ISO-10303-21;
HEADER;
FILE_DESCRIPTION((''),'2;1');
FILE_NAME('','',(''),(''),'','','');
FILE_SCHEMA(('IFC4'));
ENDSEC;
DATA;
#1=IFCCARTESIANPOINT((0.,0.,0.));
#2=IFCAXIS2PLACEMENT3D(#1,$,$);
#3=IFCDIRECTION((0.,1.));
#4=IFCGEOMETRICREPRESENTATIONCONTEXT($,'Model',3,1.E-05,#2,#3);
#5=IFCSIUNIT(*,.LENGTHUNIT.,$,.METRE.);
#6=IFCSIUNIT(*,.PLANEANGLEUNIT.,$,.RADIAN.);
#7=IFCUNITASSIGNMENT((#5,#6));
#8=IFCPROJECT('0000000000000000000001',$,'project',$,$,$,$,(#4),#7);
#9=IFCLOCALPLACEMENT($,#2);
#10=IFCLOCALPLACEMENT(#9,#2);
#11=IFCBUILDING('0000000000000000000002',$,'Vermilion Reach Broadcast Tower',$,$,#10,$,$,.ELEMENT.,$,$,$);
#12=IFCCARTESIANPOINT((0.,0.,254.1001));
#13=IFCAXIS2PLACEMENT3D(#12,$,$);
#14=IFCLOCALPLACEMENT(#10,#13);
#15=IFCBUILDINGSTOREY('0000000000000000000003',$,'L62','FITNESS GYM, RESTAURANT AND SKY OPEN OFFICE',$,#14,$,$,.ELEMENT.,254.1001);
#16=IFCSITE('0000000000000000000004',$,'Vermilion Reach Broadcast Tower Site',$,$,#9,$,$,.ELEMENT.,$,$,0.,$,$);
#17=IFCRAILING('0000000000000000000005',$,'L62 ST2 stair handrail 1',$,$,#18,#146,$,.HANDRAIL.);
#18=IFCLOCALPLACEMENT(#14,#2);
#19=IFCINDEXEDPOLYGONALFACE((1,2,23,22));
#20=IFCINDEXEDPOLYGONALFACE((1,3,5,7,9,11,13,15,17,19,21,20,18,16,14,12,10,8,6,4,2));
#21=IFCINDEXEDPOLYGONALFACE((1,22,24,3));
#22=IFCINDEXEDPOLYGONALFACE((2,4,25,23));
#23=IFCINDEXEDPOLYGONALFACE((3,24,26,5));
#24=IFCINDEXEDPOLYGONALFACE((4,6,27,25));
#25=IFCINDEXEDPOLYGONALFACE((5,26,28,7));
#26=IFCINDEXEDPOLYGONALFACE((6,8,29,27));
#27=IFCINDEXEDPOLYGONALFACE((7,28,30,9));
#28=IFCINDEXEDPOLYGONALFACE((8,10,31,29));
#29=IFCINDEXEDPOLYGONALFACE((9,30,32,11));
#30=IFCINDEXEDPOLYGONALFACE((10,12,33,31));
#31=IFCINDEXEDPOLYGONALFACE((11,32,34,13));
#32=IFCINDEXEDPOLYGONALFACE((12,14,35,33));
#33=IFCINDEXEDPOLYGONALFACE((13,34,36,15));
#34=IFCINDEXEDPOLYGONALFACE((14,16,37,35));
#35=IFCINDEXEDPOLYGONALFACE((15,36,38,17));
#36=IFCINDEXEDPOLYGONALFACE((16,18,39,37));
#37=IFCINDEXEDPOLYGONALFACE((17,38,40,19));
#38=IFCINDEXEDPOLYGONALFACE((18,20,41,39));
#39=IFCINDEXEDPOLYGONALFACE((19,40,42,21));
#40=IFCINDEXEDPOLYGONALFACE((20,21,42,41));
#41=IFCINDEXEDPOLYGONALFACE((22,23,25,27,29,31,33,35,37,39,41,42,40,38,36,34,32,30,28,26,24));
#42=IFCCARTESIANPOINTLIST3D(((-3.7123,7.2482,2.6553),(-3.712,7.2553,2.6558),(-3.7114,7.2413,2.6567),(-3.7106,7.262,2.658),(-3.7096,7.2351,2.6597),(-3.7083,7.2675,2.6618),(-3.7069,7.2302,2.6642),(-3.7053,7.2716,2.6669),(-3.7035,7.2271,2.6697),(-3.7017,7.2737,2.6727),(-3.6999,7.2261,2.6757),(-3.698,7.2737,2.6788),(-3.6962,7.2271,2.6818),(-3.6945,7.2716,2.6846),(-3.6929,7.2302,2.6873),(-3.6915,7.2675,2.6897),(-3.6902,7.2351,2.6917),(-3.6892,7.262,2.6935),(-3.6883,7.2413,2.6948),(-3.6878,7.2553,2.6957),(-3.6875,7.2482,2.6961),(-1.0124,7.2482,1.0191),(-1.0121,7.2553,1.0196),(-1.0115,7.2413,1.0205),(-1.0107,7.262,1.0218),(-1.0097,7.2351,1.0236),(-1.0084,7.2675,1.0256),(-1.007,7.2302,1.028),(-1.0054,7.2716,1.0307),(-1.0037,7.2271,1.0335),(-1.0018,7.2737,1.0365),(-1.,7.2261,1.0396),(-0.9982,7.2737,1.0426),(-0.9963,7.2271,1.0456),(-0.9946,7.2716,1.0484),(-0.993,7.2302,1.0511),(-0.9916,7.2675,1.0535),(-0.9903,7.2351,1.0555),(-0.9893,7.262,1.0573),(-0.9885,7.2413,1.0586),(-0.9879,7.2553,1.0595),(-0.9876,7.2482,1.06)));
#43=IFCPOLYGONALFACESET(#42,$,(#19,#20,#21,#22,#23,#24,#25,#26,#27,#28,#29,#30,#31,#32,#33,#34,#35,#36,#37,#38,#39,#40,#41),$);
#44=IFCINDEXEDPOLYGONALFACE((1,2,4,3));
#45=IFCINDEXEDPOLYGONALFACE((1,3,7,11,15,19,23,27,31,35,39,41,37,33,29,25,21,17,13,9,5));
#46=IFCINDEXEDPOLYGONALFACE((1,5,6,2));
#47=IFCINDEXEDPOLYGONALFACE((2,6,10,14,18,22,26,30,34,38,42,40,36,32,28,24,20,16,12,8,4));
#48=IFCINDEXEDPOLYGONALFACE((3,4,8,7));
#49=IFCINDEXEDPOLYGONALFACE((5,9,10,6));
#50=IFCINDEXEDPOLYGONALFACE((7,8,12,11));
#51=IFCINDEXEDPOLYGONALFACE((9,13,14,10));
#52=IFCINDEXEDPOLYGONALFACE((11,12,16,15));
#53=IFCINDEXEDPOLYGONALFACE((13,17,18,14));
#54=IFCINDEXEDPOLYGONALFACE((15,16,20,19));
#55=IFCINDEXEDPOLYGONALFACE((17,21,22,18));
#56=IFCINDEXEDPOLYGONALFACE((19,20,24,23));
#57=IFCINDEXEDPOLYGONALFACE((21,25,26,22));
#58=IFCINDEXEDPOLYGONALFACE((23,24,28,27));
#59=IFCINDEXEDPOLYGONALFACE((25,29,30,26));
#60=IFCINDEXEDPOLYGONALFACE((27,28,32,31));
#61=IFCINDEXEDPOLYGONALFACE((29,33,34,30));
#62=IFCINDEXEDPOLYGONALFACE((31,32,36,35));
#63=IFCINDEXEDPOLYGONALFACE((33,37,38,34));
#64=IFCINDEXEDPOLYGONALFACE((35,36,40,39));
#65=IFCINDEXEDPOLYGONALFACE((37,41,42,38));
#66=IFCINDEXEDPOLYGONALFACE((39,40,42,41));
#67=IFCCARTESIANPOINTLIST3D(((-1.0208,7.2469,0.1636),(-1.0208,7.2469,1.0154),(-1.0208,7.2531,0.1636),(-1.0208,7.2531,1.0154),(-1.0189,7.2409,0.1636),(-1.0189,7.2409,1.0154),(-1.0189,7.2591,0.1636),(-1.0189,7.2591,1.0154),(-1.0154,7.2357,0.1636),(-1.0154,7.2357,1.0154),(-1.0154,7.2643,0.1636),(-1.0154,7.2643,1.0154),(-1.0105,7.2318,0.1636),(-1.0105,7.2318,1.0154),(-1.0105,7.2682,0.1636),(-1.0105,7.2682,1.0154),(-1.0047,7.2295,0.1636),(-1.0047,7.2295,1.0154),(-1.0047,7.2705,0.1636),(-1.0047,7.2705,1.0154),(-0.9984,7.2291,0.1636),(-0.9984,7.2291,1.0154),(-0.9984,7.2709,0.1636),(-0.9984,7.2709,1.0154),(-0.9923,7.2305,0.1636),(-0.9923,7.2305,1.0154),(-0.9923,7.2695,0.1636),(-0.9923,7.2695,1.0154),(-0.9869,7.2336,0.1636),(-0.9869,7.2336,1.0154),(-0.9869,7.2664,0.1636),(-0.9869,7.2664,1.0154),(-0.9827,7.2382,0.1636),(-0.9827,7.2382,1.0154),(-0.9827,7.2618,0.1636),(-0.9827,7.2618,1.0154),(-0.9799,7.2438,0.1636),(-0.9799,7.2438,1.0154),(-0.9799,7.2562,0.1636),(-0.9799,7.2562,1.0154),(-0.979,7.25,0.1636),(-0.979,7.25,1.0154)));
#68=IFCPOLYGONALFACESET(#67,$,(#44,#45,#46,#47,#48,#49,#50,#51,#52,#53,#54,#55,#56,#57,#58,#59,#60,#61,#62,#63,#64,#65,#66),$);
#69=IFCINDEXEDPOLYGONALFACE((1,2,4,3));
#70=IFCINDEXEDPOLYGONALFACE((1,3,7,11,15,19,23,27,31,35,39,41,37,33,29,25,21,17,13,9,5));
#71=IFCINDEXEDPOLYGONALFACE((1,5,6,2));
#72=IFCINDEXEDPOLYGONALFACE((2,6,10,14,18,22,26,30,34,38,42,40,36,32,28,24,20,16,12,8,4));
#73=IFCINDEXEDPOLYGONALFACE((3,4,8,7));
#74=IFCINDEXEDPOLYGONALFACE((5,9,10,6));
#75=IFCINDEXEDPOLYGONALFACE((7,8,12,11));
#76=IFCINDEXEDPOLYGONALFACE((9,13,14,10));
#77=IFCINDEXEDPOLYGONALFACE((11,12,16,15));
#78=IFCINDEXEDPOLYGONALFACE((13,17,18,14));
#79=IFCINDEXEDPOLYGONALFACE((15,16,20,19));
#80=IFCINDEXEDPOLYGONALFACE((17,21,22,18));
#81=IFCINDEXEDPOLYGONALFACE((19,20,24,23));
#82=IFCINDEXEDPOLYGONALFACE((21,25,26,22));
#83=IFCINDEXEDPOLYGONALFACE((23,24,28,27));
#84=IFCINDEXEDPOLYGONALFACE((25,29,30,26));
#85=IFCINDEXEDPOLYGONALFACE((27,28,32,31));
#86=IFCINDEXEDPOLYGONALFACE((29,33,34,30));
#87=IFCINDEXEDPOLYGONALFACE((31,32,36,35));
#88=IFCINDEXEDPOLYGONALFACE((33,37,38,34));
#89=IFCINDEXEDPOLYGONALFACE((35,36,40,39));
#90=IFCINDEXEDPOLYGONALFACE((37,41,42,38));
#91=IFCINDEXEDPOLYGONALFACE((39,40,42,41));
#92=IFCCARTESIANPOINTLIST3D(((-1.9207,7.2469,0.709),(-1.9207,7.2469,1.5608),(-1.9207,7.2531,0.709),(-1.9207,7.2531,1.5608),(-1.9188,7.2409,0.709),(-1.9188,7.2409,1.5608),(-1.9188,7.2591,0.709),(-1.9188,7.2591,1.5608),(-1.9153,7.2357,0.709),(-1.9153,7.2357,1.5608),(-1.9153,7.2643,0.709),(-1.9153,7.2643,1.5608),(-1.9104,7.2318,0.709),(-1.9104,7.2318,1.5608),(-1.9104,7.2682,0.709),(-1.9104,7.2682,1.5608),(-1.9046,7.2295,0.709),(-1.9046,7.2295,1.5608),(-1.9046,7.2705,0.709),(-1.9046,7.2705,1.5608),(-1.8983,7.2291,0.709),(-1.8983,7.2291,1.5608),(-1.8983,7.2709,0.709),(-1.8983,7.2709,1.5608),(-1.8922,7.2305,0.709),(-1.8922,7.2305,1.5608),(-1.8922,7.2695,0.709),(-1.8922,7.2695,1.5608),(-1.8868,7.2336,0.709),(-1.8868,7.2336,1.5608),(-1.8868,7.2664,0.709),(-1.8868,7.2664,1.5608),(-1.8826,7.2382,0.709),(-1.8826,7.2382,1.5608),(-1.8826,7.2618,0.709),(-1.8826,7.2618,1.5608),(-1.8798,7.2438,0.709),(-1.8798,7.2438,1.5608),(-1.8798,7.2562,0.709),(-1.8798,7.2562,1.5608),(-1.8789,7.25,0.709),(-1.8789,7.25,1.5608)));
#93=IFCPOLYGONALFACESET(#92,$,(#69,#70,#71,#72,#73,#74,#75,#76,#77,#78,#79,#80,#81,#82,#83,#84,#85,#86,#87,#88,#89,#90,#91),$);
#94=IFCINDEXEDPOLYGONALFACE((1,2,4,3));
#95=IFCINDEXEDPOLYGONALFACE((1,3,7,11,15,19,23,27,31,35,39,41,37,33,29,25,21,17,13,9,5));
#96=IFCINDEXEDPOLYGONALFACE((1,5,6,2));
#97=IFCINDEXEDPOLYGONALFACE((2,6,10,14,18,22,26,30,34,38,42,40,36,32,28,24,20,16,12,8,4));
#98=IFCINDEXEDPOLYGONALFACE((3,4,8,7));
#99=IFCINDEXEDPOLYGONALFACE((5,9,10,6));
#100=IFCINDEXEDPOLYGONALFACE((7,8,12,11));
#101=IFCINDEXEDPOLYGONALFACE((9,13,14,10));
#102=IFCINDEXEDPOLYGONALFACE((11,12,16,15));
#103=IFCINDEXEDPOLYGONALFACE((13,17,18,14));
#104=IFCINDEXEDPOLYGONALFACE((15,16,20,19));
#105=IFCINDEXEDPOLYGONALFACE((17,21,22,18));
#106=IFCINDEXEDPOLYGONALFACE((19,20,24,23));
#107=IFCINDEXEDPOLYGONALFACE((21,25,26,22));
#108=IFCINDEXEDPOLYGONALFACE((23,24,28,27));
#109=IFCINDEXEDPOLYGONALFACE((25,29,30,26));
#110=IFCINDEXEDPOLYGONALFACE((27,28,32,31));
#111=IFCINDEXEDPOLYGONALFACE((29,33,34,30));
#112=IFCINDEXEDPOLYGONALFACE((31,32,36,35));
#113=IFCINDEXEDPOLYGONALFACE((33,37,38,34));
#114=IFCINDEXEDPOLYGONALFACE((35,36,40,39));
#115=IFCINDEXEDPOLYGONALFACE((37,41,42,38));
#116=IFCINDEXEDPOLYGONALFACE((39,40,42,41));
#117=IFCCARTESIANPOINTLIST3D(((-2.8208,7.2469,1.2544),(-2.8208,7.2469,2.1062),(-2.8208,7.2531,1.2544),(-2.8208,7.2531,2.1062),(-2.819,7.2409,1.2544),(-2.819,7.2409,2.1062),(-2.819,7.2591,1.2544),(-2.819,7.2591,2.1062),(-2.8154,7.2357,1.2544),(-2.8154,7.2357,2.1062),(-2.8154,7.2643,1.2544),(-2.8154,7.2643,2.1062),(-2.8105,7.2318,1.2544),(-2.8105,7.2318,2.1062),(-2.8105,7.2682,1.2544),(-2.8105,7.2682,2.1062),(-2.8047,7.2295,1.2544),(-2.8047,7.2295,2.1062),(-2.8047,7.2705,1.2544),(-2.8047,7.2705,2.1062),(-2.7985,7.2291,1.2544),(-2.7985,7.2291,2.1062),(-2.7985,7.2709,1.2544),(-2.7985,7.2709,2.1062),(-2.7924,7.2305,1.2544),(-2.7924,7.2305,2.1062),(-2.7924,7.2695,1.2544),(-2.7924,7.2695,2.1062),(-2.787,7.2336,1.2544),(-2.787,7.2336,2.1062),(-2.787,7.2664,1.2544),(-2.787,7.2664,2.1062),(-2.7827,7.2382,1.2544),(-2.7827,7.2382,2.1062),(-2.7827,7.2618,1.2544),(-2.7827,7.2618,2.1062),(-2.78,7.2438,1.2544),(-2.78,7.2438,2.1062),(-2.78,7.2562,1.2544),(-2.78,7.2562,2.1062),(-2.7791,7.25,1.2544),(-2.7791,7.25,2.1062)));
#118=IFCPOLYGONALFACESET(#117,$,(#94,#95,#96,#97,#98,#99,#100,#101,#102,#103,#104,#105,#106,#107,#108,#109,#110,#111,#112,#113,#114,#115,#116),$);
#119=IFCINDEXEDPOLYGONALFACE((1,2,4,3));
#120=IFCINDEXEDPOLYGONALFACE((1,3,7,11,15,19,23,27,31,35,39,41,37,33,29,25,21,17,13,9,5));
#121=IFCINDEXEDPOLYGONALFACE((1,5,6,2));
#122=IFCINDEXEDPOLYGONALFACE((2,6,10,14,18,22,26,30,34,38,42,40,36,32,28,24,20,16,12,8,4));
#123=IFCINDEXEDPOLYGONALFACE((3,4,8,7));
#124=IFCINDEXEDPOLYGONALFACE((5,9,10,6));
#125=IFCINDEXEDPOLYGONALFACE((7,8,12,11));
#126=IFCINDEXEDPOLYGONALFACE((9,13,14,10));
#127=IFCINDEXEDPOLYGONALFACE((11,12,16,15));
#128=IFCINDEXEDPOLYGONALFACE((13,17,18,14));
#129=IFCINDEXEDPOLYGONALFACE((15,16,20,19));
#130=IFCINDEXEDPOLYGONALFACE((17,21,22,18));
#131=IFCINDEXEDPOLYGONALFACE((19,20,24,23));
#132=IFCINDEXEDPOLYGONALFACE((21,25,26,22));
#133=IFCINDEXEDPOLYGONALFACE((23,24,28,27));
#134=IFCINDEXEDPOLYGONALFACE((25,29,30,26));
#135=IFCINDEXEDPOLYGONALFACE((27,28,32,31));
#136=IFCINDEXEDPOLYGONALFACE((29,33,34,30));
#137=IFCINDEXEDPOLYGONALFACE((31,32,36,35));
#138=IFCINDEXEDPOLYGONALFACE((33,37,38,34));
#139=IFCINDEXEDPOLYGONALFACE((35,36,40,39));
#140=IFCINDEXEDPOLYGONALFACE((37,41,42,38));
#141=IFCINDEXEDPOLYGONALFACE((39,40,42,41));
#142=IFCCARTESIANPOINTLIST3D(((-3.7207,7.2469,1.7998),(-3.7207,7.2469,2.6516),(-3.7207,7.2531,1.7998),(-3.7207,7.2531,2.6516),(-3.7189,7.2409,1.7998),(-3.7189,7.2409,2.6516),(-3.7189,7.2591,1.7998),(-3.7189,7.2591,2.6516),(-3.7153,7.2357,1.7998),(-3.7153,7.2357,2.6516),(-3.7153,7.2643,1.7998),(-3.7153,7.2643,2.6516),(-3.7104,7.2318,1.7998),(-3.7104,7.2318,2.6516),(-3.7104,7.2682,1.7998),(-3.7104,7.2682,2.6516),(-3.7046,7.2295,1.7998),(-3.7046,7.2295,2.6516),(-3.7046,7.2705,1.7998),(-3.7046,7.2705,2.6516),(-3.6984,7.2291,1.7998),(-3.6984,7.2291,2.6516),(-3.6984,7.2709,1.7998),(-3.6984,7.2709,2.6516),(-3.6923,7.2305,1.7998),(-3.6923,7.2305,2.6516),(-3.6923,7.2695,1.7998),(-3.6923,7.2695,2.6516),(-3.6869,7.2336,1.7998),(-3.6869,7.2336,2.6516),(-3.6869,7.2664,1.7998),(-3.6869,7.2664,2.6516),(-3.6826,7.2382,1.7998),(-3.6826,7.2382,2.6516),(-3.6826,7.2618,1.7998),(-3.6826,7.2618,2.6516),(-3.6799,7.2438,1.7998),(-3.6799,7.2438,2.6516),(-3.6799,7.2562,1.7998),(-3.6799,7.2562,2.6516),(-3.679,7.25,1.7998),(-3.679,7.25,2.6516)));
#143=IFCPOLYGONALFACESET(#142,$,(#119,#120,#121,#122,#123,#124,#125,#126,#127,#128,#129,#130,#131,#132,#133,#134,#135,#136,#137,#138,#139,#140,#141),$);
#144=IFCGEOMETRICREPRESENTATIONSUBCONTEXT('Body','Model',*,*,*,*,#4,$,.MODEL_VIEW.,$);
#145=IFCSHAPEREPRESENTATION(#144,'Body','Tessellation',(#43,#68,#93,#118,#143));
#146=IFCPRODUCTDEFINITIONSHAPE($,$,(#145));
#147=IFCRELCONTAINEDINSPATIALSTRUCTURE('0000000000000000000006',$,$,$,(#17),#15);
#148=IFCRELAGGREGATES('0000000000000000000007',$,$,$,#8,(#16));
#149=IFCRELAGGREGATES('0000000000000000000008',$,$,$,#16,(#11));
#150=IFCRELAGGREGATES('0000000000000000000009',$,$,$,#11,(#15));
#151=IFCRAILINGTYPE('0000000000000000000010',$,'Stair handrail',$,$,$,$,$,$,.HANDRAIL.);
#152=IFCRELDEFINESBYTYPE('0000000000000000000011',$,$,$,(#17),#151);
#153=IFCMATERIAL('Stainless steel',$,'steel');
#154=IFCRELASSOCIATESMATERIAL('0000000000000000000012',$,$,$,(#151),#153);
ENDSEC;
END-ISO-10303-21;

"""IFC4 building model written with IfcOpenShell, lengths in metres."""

from ifc_helpers import new_model, si_unit, direction, frame, origin, origin_2d, place, context, subcontext, project, spatial, circle, extrude, material, type_object, element, save


model = new_model("IFC4")

# Units and contexts
model_context = context("Model", 3, precision=1e-05, world=origin(), true_north=direction((0.0, 1.0)))
body_context = subcontext(model_context, "Body", "Model", "MODEL_VIEW")
ifc_project = project(units=[si_unit("LENGTHUNIT", "METRE"), si_unit("PLANEANGLEUNIT", "RADIAN")], contexts=[model_context])

# Site, building, storey
site_placement = place(None, origin())
site = spatial("IfcSite", under=ifc_project, at=site_placement, Name="Vermilion Reach Broadcast Tower Site", CompositionType="ELEMENT", RefElevation=0.0)
building_placement = place(site_placement, origin())
building = spatial("IfcBuilding", under=site, at=building_placement, Name="Vermilion Reach Broadcast Tower", CompositionType="ELEMENT")
storey_placement = place(building_placement, frame((0.0, 0.0, 254.1001)))
storey = spatial("IfcBuildingStorey", under=building, at=storey_placement, Name="L62", Description="FITNESS GYM, RESTAURANT AND SKY OPEN OFFICE", CompositionType="ELEMENT", Elevation=254.1001)

# Railing
ifc_material_1 = material(Name="Stainless steel", Category="steel")
railing_type_1 = type_object("IfcRailingType", Name="Stair handrail", PredefinedType="HANDRAIL", material=ifc_material_1)
railing_1_placement = place(storey_placement, frame((-1.0, 7.25, 0.1636)))
element("IfcRailing", 1, at=railing_1_placement, inside=storey, type_object=railing_type_1, Name="L62 ST2 stair handrail 1", PredefinedType="HANDRAIL", context=body_context, shape_type="SweptSolid", body=[
    extrude(circle(Radius=0.0239, at=origin_2d()), frame((0.0, 0.0, 0.876), z_axis=(-0.855212, 0.0, 0.518278), x_axis=(0.0, -1.0, 0.0)), (0.0, 0.0, 1.0), 3.157),
    extrude(circle(Radius=0.021, at=origin_2d()), origin(), (0.0, 0.0, 1.0), 0.8518),
    extrude(circle(Radius=0.021, at=origin_2d()), frame((-0.8999, 0.0, 0.5454)), (0.0, 0.0, 1.0), 0.8518),
    extrude(circle(Radius=0.021, at=origin_2d()), frame((-1.8, 0.0, 1.0908)), (0.0, 0.0, 1.0), 0.8518),
    extrude(circle(Radius=0.021, at=origin_2d()), frame((-2.7, 0.0, 1.6362)), (0.0, 0.0, 1.0), 0.8518),
])

save(model, "model.ifc")
